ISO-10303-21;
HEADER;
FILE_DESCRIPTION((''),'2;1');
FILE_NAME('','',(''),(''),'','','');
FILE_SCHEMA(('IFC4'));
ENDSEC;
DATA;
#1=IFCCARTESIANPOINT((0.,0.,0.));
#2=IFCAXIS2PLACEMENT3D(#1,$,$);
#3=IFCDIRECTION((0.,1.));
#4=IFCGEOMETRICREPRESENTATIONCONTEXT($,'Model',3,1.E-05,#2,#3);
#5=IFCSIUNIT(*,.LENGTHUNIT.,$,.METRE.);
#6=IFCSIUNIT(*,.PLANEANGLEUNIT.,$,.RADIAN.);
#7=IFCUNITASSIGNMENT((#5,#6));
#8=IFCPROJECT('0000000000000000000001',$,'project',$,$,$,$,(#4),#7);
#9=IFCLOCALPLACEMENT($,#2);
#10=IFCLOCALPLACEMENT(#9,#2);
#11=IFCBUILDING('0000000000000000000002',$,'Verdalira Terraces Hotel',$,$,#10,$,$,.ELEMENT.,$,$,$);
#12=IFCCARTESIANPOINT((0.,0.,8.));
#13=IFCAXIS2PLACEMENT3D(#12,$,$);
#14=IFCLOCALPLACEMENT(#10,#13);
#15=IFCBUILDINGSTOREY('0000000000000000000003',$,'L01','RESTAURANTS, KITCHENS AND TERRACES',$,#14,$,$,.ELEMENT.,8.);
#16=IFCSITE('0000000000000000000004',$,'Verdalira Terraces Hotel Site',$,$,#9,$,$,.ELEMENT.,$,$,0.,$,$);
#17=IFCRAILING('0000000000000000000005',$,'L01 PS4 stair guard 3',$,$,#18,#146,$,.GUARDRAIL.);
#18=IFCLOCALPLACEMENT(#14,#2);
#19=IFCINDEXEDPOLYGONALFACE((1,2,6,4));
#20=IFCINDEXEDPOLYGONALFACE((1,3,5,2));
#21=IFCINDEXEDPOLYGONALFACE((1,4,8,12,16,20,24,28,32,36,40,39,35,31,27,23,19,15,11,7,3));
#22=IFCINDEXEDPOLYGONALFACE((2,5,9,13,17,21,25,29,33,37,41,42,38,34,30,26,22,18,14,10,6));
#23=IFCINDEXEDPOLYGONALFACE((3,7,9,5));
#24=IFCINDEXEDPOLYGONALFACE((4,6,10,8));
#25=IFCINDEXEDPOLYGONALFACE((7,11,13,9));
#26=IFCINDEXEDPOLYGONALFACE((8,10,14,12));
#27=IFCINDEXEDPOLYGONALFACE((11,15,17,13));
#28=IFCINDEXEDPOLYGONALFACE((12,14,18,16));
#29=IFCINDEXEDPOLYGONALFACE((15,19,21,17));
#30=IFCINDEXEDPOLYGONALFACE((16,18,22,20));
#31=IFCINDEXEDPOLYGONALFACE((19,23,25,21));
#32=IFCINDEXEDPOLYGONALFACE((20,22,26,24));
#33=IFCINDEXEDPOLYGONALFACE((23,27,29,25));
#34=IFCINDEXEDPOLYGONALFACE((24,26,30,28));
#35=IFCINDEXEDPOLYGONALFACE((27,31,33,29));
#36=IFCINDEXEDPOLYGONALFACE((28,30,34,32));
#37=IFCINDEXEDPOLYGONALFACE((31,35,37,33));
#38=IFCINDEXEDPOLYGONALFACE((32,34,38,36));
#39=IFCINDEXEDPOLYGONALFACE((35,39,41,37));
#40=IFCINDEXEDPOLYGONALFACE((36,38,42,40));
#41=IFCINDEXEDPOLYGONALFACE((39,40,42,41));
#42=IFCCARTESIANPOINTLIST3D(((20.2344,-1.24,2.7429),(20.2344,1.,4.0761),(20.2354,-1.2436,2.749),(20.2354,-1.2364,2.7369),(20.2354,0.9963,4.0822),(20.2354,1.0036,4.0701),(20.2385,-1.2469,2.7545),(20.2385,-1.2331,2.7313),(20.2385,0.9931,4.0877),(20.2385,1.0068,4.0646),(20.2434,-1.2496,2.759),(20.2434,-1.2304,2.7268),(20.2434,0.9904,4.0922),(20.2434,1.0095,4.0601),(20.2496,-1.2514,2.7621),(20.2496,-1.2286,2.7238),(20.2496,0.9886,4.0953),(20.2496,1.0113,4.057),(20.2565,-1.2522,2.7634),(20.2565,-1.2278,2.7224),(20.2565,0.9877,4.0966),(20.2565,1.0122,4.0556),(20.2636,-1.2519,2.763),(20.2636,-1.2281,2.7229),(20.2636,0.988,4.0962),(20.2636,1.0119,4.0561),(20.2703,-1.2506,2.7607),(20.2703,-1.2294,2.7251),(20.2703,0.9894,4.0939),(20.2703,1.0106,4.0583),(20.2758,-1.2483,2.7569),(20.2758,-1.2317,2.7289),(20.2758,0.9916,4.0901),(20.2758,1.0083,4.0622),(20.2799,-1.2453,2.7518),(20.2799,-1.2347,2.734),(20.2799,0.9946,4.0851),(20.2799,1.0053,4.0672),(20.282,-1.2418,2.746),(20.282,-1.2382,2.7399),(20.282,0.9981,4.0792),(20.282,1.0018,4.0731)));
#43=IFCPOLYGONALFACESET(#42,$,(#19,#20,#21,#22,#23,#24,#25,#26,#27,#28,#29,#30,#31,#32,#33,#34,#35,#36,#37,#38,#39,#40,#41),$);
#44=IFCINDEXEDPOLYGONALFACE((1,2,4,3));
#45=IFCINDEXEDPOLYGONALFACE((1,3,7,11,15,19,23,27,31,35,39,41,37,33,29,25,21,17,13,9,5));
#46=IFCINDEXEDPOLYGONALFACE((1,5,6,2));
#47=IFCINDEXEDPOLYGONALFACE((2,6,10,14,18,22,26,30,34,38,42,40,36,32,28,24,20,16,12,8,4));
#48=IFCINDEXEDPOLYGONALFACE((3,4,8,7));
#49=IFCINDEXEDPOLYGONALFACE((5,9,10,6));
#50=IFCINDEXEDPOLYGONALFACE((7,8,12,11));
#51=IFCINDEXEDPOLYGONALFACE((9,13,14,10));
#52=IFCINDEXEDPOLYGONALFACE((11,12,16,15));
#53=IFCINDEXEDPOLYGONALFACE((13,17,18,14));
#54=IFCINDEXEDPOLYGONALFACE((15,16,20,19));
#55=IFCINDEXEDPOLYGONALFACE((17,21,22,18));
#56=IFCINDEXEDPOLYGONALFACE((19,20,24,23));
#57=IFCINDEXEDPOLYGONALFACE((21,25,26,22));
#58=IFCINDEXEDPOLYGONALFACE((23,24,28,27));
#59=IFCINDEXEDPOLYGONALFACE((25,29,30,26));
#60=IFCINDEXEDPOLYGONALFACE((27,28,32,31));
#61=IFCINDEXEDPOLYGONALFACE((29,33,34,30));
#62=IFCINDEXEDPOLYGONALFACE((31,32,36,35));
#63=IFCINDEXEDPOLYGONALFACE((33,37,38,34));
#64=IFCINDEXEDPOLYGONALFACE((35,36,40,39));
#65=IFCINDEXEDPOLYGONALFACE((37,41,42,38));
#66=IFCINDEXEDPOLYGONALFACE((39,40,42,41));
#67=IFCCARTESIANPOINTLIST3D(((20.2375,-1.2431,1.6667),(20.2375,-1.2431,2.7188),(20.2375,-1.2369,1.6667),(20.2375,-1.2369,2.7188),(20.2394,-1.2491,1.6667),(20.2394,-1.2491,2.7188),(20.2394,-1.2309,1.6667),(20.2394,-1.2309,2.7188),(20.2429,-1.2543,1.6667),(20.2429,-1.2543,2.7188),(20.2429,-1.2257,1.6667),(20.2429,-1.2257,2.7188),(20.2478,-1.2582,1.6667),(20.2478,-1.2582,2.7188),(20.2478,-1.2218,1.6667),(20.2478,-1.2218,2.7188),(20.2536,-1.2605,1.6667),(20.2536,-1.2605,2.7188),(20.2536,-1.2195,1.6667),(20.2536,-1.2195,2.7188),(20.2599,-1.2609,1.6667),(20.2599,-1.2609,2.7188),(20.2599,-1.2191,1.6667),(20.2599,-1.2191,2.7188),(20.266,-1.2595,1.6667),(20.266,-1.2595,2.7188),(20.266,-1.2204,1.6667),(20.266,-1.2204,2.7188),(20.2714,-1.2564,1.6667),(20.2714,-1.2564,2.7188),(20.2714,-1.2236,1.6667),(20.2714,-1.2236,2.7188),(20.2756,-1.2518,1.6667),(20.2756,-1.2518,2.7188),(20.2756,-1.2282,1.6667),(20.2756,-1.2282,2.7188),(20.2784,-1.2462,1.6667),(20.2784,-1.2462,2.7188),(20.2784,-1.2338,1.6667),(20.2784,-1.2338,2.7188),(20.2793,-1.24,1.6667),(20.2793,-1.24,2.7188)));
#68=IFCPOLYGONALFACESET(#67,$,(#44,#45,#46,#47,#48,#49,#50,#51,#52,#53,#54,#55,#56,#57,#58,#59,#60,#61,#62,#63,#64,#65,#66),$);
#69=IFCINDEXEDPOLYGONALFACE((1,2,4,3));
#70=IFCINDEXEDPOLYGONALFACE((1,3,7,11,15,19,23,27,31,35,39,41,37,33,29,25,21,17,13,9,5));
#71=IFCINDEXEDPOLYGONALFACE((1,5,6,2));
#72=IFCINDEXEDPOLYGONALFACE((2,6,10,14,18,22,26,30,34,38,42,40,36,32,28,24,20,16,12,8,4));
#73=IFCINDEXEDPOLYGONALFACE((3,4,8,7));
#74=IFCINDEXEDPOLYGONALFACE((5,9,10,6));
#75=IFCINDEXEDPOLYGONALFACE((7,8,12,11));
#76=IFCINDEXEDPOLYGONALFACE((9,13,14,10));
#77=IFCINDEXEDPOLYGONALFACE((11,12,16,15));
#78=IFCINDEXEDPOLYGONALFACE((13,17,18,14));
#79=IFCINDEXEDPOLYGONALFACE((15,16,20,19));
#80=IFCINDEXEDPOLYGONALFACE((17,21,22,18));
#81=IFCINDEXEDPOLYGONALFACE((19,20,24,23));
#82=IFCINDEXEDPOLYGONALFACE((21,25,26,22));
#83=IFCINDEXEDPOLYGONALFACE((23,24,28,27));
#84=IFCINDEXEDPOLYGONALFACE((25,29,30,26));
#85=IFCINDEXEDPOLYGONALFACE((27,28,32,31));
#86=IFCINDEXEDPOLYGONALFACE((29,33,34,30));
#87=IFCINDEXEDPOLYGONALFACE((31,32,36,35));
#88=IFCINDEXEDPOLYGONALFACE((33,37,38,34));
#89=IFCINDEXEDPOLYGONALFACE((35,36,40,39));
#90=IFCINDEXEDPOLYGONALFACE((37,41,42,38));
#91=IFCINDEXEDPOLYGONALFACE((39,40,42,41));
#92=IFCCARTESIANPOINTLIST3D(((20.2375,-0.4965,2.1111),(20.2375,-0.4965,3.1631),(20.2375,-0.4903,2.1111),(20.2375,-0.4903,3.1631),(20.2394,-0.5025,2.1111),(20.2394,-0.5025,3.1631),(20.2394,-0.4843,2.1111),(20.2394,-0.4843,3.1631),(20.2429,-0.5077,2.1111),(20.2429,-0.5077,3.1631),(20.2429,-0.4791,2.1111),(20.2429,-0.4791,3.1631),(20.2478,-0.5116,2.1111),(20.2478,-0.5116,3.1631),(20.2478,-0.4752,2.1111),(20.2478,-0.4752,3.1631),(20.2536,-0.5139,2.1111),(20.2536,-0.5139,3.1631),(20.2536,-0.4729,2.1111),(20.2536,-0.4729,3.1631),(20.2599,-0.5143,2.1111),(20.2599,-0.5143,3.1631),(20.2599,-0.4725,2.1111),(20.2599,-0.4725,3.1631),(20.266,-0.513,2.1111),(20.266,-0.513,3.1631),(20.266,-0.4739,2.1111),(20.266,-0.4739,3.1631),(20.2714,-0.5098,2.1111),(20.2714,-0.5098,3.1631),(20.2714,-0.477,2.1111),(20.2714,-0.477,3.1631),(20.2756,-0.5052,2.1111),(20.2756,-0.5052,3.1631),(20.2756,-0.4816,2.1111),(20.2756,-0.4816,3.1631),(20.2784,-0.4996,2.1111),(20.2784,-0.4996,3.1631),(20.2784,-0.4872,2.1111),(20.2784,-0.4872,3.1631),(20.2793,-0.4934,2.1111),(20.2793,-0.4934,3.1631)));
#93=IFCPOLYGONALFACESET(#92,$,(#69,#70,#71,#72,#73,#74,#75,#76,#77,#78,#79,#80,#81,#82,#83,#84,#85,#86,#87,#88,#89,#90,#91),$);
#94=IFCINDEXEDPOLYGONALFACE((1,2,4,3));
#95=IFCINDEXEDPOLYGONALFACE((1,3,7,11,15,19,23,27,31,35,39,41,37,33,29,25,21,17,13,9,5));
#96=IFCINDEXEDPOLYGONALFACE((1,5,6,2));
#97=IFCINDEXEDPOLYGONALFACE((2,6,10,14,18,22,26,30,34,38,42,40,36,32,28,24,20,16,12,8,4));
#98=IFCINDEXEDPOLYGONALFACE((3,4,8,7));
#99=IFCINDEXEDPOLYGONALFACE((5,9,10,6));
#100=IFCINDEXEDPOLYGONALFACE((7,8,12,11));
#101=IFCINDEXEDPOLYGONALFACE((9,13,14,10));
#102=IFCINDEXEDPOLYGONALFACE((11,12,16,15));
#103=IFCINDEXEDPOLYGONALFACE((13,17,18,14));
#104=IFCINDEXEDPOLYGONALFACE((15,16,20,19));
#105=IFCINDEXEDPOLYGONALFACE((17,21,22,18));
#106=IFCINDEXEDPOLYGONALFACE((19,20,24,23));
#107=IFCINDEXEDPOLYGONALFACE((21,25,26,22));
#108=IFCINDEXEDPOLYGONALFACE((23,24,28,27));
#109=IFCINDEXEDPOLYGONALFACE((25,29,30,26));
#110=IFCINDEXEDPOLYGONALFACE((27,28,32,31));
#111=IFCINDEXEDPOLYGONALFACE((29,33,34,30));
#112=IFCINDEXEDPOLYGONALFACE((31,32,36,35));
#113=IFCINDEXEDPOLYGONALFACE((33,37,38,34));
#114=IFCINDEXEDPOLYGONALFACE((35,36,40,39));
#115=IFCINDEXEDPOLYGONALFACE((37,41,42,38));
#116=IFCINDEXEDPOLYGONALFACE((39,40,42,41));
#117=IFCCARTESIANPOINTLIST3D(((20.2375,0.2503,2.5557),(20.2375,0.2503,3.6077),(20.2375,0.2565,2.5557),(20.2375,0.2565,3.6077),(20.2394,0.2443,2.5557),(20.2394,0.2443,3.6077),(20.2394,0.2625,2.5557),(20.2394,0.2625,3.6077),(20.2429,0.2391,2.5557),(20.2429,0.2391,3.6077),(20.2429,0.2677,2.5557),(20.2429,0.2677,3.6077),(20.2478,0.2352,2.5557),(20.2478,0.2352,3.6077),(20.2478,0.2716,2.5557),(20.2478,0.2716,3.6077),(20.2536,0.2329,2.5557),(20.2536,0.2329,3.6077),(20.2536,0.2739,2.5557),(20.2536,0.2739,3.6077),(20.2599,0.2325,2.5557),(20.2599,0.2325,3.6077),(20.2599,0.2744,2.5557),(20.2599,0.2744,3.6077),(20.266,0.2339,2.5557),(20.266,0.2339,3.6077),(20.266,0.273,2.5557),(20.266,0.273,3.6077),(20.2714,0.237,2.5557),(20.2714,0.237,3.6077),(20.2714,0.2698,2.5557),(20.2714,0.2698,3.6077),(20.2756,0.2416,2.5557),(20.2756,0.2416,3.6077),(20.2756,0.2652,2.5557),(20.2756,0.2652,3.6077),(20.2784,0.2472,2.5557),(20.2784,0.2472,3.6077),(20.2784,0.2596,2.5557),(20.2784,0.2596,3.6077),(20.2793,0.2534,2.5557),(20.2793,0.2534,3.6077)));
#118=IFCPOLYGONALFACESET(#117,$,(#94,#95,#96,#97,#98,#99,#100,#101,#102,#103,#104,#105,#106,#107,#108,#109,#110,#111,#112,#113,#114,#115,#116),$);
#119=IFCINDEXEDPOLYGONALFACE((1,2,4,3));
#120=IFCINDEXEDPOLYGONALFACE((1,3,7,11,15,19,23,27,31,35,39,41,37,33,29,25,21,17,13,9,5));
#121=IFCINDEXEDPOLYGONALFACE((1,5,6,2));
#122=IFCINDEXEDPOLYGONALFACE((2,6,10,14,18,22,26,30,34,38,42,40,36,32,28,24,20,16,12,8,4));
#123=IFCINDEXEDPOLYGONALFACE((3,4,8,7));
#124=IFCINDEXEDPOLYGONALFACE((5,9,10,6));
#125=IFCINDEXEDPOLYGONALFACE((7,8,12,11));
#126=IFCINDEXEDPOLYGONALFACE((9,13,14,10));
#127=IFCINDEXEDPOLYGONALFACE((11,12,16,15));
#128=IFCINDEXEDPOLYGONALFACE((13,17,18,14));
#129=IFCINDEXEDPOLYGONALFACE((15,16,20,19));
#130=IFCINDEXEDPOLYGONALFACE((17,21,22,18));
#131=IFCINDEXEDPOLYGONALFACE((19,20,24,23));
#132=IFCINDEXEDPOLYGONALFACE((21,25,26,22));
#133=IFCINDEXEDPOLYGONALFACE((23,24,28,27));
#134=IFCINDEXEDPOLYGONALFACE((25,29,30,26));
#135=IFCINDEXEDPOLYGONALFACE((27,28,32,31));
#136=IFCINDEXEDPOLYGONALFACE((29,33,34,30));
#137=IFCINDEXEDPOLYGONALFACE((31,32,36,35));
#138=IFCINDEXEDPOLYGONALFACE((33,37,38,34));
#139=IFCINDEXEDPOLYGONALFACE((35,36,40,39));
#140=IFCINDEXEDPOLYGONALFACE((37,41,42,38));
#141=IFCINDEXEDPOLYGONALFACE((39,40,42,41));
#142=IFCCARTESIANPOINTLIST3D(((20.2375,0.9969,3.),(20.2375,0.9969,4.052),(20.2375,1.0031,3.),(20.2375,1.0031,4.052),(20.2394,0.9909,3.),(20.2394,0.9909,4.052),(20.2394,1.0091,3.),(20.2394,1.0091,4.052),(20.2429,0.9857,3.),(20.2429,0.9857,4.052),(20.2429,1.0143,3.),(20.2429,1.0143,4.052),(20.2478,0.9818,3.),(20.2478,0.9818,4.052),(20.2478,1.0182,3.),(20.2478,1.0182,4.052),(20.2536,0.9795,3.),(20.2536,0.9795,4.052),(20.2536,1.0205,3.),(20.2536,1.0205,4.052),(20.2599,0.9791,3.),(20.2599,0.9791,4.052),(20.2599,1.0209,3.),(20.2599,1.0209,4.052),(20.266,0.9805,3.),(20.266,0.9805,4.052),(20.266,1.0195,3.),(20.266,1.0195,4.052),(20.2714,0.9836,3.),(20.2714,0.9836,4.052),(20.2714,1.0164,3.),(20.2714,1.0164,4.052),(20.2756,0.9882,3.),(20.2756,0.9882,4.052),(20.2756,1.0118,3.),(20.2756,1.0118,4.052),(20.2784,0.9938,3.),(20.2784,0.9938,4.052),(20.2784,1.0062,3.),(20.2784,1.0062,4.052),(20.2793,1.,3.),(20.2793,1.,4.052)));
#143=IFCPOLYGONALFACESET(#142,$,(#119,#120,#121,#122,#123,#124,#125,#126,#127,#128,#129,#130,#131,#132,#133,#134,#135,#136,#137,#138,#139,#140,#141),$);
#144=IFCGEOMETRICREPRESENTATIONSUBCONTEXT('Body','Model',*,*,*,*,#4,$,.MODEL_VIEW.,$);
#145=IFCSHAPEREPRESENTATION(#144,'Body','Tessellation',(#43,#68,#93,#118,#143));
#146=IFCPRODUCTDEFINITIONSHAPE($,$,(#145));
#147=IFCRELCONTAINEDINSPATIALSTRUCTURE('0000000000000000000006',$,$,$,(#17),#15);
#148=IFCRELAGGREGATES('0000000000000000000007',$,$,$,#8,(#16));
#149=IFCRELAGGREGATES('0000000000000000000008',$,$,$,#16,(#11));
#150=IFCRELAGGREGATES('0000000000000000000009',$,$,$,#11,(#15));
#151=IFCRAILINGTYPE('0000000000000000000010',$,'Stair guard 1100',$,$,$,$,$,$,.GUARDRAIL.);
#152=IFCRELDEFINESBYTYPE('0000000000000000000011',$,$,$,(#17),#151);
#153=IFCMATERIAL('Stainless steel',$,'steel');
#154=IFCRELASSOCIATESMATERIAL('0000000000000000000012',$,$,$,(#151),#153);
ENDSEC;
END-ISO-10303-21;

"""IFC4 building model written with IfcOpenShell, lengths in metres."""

from ifc_helpers import new_model, si_unit, direction, frame, origin, origin_2d, place, context, subcontext, project, spatial, circle, extrude, material, type_object, element, save


model = new_model("IFC4")

# Units and contexts
model_context = context("Model", 3, precision=1e-05, world=origin(), true_north=direction((0.0, 1.0)))
body_context = subcontext(model_context, "Body", "Model", "MODEL_VIEW")
ifc_project = project(units=[si_unit("LENGTHUNIT", "METRE"), si_unit("PLANEANGLEUNIT", "RADIAN")], contexts=[model_context])

# Site, building, storey
site_placement = place(None, origin())
site = spatial("IfcSite", under=ifc_project, at=site_placement, Name="Verdalira Terraces Hotel Site", CompositionType="ELEMENT", RefElevation=0.0)
building_placement = place(site_placement, origin())
building = spatial("IfcBuilding", under=site, at=building_placement, Name="Verdalira Terraces Hotel", CompositionType="ELEMENT")
storey_placement = place(building_placement, frame((0.0, 0.0, 8.0)))
storey = spatial("IfcBuildingStorey", under=building, at=storey_placement, Name="L01", Description="RESTAURANTS, KITCHENS AND TERRACES", CompositionType="ELEMENT", Elevation=8.0)

# Railing
ifc_material_1 = material(Name="Stainless steel", Category="steel")
railing_type = type_object("IfcRailingType", Name="Stair guard 1100", PredefinedType="GUARDRAIL", material=ifc_material_1)
railing_1_placement = place(storey_placement, frame((20.2583, -1.24, 1.6667)))
element("IfcRailing", 1, at=railing_1_placement, inside=storey, type_object=railing_type, Name="L01 PS4 stair guard 3", PredefinedType="GUARDRAIL", context=body_context, shape_type="SweptSolid", body=[
    extrude(circle(Radius=0.0239, at=origin_2d()), frame((0.0, 0.0, 1.0762), z_axis=(0.0, 0.859306, 0.511462), x_axis=(-1.0, 0.0, 0.0)), (0.0, 0.0, 1.0), 2.6067),
    extrude(circle(Radius=0.021, at=origin_2d()), origin(), (0.0, 0.0, 1.0), 1.052),
    extrude(circle(Radius=0.021, at=origin_2d()), frame((0.0, 0.7466, 0.4443)), (0.0, 0.0, 1.0), 1.052),
    extrude(circle(Radius=0.021, at=origin_2d()), frame((0.0, 1.4934, 0.8889)), (0.0, 0.0, 1.0), 1.052),
    extrude(circle(Radius=0.021, at=origin_2d()), frame((0.0, 2.24, 1.3333)), (0.0, 0.0, 1.0), 1.052),
])

save(model, "model.ifc")
